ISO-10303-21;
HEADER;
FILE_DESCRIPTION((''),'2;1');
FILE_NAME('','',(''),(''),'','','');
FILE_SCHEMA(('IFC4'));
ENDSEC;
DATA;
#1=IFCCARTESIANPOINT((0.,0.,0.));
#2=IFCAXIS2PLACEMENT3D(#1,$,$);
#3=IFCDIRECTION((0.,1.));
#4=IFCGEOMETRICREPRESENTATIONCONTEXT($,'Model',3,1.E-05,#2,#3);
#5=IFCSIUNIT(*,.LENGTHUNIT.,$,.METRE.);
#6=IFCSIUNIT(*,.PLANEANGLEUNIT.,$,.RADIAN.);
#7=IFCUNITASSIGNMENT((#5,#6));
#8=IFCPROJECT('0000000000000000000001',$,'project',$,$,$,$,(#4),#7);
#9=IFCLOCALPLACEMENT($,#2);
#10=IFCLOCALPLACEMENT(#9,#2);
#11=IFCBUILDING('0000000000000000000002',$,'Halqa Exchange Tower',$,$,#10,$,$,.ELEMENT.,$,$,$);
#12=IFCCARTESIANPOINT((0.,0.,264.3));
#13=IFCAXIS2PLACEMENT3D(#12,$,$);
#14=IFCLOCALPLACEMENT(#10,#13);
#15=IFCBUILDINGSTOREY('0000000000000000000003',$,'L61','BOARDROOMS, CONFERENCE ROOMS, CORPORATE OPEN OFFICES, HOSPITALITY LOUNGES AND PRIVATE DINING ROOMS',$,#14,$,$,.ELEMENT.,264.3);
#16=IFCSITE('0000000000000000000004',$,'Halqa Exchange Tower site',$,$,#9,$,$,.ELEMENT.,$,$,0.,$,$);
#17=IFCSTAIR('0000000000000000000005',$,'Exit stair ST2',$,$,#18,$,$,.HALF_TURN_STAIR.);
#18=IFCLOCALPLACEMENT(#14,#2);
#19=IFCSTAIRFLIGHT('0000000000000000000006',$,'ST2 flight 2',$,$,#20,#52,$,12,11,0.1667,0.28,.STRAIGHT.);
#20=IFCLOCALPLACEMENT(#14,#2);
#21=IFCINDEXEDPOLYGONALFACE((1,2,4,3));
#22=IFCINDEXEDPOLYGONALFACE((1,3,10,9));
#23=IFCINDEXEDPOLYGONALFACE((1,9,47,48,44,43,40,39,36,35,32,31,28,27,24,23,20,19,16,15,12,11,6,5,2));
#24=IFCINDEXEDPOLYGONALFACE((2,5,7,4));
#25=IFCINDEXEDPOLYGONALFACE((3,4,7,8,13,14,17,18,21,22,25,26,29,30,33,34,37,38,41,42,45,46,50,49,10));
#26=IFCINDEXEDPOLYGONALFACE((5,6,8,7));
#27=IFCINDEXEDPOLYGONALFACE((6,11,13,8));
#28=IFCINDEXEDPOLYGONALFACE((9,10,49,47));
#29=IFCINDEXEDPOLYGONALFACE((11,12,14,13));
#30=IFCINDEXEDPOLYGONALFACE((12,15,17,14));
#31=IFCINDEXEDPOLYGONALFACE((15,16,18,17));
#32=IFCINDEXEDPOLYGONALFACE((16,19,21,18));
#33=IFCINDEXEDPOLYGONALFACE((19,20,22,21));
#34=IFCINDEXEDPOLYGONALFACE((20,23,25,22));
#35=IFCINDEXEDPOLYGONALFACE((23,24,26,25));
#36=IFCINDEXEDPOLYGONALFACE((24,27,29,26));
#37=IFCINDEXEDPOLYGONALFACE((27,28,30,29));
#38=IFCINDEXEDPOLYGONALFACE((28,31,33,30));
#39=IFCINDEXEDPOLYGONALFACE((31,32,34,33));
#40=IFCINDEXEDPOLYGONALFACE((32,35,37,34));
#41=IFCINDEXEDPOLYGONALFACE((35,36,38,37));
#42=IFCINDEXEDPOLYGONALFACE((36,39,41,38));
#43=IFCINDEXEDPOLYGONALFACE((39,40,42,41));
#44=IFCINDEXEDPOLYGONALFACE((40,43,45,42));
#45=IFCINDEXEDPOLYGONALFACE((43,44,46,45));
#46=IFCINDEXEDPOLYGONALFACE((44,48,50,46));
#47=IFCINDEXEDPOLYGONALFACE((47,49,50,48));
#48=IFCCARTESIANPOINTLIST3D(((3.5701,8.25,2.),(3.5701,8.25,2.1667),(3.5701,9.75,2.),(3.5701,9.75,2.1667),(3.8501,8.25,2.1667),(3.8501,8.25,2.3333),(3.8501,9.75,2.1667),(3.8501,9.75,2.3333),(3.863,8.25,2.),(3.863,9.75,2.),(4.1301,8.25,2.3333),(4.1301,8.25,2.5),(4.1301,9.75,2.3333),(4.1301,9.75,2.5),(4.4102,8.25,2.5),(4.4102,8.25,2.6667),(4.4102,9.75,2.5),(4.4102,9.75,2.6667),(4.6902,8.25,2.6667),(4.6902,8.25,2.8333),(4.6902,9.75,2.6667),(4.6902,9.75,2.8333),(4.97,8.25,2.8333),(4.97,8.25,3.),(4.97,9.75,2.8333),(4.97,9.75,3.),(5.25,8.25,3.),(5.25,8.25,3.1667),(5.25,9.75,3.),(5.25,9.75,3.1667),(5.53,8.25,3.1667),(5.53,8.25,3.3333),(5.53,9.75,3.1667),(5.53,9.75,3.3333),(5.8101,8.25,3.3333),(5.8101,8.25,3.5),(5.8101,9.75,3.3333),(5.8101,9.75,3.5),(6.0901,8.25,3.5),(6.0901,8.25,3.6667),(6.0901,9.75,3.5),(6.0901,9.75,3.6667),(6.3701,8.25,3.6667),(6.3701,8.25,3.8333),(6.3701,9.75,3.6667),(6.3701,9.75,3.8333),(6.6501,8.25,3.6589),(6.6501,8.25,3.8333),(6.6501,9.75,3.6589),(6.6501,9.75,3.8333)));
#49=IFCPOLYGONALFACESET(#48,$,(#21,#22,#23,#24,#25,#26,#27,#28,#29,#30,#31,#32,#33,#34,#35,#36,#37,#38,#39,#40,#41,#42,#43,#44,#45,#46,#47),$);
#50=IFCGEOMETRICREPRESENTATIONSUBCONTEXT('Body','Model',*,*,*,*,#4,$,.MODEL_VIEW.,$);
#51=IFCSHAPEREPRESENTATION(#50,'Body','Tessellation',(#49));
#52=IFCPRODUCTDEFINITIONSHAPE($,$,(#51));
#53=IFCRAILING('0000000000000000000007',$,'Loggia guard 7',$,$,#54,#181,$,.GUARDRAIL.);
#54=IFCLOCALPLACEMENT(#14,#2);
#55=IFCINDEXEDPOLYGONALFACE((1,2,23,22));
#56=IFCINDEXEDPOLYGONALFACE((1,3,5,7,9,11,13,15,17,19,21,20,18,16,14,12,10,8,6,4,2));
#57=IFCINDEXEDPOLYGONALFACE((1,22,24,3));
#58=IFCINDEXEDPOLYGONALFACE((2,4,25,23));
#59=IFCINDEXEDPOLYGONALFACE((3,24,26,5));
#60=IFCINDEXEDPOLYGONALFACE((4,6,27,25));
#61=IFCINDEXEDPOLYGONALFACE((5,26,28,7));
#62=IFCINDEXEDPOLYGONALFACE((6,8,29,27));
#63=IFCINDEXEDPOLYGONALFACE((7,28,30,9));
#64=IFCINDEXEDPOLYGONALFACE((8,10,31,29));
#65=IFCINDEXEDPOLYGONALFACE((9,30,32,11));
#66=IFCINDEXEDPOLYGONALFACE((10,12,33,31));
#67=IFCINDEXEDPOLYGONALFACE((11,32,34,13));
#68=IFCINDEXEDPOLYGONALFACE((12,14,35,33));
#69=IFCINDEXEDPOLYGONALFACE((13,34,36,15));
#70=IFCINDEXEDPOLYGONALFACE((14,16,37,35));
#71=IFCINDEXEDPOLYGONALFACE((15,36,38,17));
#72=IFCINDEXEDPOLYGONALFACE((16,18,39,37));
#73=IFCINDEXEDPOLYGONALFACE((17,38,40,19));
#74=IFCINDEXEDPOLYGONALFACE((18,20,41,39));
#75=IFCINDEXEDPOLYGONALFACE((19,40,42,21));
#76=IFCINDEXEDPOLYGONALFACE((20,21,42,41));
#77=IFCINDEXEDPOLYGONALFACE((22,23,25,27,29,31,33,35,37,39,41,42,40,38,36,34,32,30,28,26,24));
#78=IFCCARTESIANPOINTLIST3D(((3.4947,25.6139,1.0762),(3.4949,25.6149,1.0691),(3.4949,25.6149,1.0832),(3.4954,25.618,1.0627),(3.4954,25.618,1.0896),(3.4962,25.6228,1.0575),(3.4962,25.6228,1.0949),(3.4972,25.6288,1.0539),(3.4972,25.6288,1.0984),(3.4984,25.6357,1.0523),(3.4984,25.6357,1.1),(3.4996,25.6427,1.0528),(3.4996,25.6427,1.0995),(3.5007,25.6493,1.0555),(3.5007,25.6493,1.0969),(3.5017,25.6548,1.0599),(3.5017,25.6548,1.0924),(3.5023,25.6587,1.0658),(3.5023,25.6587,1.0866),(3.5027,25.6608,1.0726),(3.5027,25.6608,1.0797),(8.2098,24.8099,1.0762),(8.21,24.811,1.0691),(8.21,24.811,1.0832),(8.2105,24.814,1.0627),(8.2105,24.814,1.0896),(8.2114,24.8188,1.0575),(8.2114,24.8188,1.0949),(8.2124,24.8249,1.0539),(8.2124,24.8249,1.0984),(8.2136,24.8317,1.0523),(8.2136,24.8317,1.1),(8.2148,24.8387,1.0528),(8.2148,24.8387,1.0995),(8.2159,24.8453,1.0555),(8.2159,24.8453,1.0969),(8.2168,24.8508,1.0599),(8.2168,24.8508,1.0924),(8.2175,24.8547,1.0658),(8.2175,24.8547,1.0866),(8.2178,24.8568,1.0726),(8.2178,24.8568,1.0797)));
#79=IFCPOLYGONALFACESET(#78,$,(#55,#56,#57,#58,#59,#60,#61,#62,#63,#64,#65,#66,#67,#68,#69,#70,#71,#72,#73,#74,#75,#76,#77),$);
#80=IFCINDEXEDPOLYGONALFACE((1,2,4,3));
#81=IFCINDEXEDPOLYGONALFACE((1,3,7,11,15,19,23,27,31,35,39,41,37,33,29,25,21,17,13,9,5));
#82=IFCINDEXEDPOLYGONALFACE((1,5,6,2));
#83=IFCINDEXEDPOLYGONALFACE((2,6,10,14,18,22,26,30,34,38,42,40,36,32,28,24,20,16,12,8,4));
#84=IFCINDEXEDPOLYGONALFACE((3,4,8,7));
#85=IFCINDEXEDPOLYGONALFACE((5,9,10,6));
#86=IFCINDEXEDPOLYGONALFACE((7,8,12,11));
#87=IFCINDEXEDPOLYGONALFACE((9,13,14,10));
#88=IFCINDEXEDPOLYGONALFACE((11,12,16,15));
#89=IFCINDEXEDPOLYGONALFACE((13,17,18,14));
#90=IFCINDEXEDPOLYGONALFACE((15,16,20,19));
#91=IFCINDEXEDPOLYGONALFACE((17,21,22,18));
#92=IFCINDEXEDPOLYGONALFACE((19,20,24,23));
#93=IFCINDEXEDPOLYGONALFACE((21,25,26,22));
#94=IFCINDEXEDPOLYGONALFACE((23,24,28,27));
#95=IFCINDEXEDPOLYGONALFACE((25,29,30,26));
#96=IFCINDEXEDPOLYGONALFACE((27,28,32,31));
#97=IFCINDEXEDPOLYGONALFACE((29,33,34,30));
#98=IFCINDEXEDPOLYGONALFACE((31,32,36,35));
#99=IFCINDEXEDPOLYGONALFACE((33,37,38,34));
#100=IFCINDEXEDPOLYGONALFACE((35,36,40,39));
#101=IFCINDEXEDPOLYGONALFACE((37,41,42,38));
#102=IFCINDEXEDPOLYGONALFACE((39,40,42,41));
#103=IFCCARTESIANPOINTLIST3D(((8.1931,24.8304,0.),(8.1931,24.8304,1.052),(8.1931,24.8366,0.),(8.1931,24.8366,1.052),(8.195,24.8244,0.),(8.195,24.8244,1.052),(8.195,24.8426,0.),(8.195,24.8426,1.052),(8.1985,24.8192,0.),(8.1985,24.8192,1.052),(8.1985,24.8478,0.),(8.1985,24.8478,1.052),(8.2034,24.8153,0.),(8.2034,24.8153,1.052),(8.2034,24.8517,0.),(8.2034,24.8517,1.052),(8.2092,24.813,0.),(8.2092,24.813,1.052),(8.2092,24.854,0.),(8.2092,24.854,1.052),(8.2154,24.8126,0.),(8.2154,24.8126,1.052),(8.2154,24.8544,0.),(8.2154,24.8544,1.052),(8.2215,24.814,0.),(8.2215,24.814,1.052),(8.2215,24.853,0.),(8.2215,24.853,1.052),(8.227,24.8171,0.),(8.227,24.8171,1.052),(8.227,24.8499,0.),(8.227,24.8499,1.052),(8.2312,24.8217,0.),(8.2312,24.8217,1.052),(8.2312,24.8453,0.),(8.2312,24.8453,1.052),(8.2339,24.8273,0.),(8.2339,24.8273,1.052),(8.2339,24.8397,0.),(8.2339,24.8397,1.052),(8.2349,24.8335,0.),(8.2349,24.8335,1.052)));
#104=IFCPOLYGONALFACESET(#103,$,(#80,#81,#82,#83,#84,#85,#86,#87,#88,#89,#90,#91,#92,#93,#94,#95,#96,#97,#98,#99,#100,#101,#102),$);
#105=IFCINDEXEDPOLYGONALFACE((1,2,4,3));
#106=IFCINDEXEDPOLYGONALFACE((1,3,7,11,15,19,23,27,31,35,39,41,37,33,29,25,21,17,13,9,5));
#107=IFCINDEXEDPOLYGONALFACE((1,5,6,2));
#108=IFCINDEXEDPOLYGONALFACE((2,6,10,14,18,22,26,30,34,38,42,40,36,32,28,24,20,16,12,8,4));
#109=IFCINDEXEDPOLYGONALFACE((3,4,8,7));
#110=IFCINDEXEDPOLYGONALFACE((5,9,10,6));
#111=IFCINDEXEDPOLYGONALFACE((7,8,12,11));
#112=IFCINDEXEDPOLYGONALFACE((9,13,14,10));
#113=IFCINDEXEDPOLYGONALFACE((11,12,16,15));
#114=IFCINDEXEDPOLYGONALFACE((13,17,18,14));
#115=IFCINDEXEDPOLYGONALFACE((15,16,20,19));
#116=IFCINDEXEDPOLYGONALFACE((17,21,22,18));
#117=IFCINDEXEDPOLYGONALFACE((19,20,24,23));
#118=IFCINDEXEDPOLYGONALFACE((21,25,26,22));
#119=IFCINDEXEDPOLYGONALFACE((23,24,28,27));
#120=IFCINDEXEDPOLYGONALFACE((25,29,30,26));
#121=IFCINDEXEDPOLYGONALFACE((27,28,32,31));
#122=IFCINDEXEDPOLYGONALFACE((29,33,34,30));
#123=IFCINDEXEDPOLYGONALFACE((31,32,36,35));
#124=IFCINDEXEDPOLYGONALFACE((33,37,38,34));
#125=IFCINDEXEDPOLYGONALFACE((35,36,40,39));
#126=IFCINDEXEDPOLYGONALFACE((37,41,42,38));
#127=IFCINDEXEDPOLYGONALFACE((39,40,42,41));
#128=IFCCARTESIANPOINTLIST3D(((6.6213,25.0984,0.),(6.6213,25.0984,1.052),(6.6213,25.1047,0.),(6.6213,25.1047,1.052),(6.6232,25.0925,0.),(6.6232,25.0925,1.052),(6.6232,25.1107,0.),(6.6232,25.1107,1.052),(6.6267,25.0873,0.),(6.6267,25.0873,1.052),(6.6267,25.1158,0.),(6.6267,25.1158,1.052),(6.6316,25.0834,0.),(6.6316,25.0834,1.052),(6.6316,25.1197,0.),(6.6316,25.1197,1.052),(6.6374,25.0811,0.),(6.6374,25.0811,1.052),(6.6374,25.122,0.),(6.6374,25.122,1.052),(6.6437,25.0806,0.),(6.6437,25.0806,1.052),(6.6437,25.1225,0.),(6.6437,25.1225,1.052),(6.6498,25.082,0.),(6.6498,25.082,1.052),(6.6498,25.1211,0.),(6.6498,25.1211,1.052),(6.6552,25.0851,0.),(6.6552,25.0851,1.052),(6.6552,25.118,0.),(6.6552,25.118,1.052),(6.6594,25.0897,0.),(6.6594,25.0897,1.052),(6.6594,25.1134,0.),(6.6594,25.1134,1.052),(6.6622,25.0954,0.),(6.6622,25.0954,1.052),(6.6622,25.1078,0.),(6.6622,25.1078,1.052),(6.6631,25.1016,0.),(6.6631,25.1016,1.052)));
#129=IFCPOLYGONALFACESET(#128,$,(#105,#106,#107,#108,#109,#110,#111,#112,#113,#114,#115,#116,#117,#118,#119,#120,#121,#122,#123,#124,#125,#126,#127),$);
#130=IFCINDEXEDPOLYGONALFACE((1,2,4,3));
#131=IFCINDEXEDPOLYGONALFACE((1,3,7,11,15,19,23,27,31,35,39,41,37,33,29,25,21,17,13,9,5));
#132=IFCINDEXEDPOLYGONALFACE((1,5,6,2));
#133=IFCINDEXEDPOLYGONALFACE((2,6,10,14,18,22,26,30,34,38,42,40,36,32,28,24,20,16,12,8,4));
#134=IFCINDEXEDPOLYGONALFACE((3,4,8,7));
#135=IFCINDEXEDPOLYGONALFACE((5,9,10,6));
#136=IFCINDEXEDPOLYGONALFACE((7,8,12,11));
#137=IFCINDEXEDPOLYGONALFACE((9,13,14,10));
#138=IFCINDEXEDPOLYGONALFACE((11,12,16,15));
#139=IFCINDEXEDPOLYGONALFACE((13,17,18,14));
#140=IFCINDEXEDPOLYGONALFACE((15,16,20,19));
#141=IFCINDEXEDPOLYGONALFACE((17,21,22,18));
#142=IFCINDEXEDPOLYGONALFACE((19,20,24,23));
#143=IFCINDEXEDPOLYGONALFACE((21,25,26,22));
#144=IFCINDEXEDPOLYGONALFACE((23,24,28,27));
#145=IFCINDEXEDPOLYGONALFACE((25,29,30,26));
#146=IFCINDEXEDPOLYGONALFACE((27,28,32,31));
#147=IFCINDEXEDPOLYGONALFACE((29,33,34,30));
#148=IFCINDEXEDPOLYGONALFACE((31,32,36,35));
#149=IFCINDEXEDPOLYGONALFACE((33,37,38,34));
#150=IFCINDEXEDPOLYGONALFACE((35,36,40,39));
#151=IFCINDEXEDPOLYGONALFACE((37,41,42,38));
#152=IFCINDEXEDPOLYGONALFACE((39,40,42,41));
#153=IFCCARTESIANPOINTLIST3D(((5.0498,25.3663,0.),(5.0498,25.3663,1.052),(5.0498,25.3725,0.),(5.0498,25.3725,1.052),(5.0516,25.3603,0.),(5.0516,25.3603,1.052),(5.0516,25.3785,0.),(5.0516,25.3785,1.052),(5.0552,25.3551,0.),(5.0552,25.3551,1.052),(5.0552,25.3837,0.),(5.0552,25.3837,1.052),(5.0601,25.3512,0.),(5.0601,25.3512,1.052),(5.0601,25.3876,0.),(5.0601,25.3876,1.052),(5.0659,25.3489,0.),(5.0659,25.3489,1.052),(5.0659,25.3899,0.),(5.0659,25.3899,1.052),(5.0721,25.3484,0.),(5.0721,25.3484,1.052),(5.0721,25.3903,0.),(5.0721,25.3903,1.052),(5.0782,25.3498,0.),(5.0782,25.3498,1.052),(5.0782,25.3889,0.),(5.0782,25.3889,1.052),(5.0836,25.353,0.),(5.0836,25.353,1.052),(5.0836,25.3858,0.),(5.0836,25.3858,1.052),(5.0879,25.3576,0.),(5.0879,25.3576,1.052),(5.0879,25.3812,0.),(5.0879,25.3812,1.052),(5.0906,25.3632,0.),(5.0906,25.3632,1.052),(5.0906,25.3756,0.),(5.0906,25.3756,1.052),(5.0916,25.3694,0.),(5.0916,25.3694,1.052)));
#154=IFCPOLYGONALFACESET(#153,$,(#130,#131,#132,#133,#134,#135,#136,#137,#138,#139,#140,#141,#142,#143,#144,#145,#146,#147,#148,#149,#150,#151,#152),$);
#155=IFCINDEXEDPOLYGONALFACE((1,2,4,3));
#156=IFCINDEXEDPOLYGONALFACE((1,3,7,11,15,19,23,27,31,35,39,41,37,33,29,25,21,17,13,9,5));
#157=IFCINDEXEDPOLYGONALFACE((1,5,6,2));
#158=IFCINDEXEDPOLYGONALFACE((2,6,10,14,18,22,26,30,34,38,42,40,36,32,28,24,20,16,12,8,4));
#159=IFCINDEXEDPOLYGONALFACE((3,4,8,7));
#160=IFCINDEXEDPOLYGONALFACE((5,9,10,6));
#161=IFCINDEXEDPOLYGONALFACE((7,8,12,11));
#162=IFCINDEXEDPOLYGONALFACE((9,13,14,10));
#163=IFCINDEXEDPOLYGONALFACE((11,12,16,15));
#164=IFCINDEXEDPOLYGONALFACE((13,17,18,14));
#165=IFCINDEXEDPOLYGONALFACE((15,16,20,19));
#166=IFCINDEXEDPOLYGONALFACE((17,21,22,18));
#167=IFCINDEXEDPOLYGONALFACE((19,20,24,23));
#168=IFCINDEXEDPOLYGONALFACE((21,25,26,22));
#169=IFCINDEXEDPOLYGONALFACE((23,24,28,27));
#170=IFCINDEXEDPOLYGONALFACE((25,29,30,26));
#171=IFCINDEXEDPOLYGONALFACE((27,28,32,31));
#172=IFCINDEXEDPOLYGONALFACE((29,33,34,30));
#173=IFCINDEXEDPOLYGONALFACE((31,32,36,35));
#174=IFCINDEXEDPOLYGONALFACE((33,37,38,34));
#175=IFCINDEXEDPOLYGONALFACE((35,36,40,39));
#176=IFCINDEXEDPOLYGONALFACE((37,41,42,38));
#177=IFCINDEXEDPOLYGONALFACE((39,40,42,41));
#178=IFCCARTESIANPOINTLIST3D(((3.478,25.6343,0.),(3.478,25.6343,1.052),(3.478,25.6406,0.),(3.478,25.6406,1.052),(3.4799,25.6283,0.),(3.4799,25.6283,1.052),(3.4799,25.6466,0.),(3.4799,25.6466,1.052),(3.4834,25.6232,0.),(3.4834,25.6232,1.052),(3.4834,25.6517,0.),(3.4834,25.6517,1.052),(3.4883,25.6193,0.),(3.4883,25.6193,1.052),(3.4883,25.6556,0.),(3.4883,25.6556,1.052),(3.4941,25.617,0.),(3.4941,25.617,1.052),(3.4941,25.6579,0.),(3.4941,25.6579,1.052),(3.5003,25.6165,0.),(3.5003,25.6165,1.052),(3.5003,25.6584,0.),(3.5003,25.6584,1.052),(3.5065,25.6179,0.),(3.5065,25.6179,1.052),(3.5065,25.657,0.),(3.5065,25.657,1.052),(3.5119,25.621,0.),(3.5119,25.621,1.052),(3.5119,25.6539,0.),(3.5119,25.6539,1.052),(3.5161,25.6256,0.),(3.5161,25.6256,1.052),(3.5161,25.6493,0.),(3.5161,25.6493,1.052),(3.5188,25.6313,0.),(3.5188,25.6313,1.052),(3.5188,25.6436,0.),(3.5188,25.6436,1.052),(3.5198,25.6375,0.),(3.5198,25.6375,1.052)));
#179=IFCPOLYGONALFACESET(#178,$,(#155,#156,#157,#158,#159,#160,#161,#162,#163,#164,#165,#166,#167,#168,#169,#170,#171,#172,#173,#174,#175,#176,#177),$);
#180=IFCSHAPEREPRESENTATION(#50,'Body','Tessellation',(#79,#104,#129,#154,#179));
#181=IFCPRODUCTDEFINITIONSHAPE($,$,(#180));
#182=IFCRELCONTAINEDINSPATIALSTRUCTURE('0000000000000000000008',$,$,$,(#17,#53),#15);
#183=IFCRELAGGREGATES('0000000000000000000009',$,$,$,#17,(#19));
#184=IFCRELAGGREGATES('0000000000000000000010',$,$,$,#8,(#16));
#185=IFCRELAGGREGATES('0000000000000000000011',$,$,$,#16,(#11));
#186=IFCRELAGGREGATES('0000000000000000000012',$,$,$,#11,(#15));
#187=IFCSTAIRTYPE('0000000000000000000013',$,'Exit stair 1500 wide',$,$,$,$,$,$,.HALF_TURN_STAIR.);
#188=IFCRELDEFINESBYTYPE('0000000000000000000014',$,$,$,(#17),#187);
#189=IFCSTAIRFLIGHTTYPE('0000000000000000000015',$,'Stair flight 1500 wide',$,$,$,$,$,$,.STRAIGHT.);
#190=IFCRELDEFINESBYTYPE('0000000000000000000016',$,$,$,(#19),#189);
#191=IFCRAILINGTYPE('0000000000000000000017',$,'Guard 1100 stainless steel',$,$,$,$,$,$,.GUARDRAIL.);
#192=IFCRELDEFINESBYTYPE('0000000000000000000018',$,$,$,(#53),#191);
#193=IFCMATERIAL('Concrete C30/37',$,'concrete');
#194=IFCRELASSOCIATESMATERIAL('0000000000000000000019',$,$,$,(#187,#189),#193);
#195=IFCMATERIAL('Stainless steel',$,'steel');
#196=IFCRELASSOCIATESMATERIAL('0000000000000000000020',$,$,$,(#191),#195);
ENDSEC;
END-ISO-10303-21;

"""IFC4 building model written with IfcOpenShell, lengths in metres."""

from ifc_helpers import new_model, si_unit, direction, frame, origin, origin_2d, place, context, subcontext, project, spatial, polyline, circle, outline, extrude, material, type_object, element, aggregate, save


model = new_model("IFC4")

# Units and contexts
model_context = context("Model", 3, precision=1e-05, world=origin(), true_north=direction((0.0, 1.0)))
body_context = subcontext(model_context, "Body", "Model", "MODEL_VIEW")
ifc_project = project(units=[si_unit("LENGTHUNIT", "METRE"), si_unit("PLANEANGLEUNIT", "RADIAN")], contexts=[model_context])

# Site, building, storey
site_placement = place(None, origin())
site = spatial("IfcSite", under=ifc_project, at=site_placement, Name="Halqa Exchange Tower site", CompositionType="ELEMENT", RefElevation=0.0)
building_placement = place(site_placement, origin())
building = spatial("IfcBuilding", under=site, at=building_placement, Name="Halqa Exchange Tower", CompositionType="ELEMENT")
storey_placement = place(building_placement, frame((0.0, 0.0, 264.3)))
storey = spatial("IfcBuildingStorey", under=building, at=storey_placement, Name="L61", Description="BOARDROOMS, CONFERENCE ROOMS, CORPORATE OPEN OFFICES, HOSPITALITY LOUNGES AND PRIVATE DINING ROOMS", CompositionType="ELEMENT", Elevation=264.3)

# Stair
ifc_material_1 = material(Name="Concrete C30/37", Category="concrete")
stair_type = type_object("IfcStairType", Name="Exit stair 1500 wide", PredefinedType="HALF_TURN_STAIR", material=ifc_material_1)
stair_1_placement = place(storey_placement, origin())
stair_1 = element("IfcStair", 1, at=stair_1_placement, inside=storey, type_object=stair_type, Name="Exit stair ST2", PredefinedType="HALF_TURN_STAIR")

# Stair flight
stair_flight_type = type_object("IfcStairFlightType", Name="Stair flight 1500 wide", PredefinedType="STRAIGHT", material=ifc_material_1)
stair_flight_1_placement = place(storey_placement, frame((3.5701, 9.0, 2.0), z_axis=(0.0, 0.0, 1.0), x_axis=(1.0, 0.0, 0.0)))
stair_flight_1 = element("IfcStairFlight", 2, at=stair_flight_1_placement, type_object=stair_flight_type, Name="ST2 flight 2", NumberOfRisers=12, NumberOfTreads=11, PredefinedType="STRAIGHT", RiserHeight=0.1667, TreadLength=0.28, context=body_context, shape_type="SweptSolid", body=[
    extrude(outline(polyline([(0.0, 0.0), (0.0, 0.1667), (0.28, 0.1667), (0.28, 0.3333), (0.5601, 0.3333), (0.5601, 0.5), (0.8401, 0.5), (0.8401, 0.6667), (1.1201, 0.6667), (1.1201, 0.8333), (1.3999, 0.8333), (1.3999, 1.0), (1.6799, 1.0), (1.6799, 1.1667), (1.96, 1.1667), (1.96, 1.3333), (2.24, 1.3333), (2.24, 1.5), (2.52, 1.5), (2.52, 1.6667), (2.8, 1.6667), (2.8, 1.8333), (3.0801, 1.8333), (3.0801, 2.0), (3.0801, 1.6589), (0.293, 0.0), (0.0, 0.0)])), frame((0.0, 0.75, 0.0), z_axis=(0.0, -1.0, 0.0), x_axis=(1.0, 0.0, 0.0)), (0.0, 0.0, 1.0), 1.5),
])
aggregate(stair_1, [stair_flight_1])

# Railing
ifc_material_2 = material(Name="Stainless steel", Category="steel")
railing_type_1 = type_object("IfcRailingType", Name="Guard 1100 stainless steel", PredefinedType="GUARDRAIL", material=ifc_material_2)
railing_1_placement = place(storey_placement, frame((8.2139, 24.8335, 0.0)))
element("IfcRailing", 3, at=railing_1_placement, inside=storey, type_object=railing_type_1, Name="Loggia guard 7", PredefinedType="GUARDRAIL", context=body_context, shape_type="SweptSolid", body=[
    extrude(circle(Radius=0.0239, at=origin_2d()), frame((0.0, 0.0, 1.0762), z_axis=(-0.985773, 0.168081, 0.0), x_axis=(-0.168081, -0.985773, 0.0)), (0.0, 0.0, 1.0), 4.7832),
    extrude(circle(Radius=0.021, at=origin_2d()), origin(), (0.0, 0.0, 1.0), 1.052),
    extrude(circle(Radius=0.021, at=origin_2d()), frame((-1.5718, 0.2681, 0.0)), (0.0, 0.0, 1.0), 1.052),
    extrude(circle(Radius=0.021, at=origin_2d()), frame((-3.1433, 0.5359, 0.0)), (0.0, 0.0, 1.0), 1.052),
    extrude(circle(Radius=0.021, at=origin_2d()), frame((-4.7151, 0.804, 0.0)), (0.0, 0.0, 1.0), 1.052),
])

save(model, "model.ifc")
